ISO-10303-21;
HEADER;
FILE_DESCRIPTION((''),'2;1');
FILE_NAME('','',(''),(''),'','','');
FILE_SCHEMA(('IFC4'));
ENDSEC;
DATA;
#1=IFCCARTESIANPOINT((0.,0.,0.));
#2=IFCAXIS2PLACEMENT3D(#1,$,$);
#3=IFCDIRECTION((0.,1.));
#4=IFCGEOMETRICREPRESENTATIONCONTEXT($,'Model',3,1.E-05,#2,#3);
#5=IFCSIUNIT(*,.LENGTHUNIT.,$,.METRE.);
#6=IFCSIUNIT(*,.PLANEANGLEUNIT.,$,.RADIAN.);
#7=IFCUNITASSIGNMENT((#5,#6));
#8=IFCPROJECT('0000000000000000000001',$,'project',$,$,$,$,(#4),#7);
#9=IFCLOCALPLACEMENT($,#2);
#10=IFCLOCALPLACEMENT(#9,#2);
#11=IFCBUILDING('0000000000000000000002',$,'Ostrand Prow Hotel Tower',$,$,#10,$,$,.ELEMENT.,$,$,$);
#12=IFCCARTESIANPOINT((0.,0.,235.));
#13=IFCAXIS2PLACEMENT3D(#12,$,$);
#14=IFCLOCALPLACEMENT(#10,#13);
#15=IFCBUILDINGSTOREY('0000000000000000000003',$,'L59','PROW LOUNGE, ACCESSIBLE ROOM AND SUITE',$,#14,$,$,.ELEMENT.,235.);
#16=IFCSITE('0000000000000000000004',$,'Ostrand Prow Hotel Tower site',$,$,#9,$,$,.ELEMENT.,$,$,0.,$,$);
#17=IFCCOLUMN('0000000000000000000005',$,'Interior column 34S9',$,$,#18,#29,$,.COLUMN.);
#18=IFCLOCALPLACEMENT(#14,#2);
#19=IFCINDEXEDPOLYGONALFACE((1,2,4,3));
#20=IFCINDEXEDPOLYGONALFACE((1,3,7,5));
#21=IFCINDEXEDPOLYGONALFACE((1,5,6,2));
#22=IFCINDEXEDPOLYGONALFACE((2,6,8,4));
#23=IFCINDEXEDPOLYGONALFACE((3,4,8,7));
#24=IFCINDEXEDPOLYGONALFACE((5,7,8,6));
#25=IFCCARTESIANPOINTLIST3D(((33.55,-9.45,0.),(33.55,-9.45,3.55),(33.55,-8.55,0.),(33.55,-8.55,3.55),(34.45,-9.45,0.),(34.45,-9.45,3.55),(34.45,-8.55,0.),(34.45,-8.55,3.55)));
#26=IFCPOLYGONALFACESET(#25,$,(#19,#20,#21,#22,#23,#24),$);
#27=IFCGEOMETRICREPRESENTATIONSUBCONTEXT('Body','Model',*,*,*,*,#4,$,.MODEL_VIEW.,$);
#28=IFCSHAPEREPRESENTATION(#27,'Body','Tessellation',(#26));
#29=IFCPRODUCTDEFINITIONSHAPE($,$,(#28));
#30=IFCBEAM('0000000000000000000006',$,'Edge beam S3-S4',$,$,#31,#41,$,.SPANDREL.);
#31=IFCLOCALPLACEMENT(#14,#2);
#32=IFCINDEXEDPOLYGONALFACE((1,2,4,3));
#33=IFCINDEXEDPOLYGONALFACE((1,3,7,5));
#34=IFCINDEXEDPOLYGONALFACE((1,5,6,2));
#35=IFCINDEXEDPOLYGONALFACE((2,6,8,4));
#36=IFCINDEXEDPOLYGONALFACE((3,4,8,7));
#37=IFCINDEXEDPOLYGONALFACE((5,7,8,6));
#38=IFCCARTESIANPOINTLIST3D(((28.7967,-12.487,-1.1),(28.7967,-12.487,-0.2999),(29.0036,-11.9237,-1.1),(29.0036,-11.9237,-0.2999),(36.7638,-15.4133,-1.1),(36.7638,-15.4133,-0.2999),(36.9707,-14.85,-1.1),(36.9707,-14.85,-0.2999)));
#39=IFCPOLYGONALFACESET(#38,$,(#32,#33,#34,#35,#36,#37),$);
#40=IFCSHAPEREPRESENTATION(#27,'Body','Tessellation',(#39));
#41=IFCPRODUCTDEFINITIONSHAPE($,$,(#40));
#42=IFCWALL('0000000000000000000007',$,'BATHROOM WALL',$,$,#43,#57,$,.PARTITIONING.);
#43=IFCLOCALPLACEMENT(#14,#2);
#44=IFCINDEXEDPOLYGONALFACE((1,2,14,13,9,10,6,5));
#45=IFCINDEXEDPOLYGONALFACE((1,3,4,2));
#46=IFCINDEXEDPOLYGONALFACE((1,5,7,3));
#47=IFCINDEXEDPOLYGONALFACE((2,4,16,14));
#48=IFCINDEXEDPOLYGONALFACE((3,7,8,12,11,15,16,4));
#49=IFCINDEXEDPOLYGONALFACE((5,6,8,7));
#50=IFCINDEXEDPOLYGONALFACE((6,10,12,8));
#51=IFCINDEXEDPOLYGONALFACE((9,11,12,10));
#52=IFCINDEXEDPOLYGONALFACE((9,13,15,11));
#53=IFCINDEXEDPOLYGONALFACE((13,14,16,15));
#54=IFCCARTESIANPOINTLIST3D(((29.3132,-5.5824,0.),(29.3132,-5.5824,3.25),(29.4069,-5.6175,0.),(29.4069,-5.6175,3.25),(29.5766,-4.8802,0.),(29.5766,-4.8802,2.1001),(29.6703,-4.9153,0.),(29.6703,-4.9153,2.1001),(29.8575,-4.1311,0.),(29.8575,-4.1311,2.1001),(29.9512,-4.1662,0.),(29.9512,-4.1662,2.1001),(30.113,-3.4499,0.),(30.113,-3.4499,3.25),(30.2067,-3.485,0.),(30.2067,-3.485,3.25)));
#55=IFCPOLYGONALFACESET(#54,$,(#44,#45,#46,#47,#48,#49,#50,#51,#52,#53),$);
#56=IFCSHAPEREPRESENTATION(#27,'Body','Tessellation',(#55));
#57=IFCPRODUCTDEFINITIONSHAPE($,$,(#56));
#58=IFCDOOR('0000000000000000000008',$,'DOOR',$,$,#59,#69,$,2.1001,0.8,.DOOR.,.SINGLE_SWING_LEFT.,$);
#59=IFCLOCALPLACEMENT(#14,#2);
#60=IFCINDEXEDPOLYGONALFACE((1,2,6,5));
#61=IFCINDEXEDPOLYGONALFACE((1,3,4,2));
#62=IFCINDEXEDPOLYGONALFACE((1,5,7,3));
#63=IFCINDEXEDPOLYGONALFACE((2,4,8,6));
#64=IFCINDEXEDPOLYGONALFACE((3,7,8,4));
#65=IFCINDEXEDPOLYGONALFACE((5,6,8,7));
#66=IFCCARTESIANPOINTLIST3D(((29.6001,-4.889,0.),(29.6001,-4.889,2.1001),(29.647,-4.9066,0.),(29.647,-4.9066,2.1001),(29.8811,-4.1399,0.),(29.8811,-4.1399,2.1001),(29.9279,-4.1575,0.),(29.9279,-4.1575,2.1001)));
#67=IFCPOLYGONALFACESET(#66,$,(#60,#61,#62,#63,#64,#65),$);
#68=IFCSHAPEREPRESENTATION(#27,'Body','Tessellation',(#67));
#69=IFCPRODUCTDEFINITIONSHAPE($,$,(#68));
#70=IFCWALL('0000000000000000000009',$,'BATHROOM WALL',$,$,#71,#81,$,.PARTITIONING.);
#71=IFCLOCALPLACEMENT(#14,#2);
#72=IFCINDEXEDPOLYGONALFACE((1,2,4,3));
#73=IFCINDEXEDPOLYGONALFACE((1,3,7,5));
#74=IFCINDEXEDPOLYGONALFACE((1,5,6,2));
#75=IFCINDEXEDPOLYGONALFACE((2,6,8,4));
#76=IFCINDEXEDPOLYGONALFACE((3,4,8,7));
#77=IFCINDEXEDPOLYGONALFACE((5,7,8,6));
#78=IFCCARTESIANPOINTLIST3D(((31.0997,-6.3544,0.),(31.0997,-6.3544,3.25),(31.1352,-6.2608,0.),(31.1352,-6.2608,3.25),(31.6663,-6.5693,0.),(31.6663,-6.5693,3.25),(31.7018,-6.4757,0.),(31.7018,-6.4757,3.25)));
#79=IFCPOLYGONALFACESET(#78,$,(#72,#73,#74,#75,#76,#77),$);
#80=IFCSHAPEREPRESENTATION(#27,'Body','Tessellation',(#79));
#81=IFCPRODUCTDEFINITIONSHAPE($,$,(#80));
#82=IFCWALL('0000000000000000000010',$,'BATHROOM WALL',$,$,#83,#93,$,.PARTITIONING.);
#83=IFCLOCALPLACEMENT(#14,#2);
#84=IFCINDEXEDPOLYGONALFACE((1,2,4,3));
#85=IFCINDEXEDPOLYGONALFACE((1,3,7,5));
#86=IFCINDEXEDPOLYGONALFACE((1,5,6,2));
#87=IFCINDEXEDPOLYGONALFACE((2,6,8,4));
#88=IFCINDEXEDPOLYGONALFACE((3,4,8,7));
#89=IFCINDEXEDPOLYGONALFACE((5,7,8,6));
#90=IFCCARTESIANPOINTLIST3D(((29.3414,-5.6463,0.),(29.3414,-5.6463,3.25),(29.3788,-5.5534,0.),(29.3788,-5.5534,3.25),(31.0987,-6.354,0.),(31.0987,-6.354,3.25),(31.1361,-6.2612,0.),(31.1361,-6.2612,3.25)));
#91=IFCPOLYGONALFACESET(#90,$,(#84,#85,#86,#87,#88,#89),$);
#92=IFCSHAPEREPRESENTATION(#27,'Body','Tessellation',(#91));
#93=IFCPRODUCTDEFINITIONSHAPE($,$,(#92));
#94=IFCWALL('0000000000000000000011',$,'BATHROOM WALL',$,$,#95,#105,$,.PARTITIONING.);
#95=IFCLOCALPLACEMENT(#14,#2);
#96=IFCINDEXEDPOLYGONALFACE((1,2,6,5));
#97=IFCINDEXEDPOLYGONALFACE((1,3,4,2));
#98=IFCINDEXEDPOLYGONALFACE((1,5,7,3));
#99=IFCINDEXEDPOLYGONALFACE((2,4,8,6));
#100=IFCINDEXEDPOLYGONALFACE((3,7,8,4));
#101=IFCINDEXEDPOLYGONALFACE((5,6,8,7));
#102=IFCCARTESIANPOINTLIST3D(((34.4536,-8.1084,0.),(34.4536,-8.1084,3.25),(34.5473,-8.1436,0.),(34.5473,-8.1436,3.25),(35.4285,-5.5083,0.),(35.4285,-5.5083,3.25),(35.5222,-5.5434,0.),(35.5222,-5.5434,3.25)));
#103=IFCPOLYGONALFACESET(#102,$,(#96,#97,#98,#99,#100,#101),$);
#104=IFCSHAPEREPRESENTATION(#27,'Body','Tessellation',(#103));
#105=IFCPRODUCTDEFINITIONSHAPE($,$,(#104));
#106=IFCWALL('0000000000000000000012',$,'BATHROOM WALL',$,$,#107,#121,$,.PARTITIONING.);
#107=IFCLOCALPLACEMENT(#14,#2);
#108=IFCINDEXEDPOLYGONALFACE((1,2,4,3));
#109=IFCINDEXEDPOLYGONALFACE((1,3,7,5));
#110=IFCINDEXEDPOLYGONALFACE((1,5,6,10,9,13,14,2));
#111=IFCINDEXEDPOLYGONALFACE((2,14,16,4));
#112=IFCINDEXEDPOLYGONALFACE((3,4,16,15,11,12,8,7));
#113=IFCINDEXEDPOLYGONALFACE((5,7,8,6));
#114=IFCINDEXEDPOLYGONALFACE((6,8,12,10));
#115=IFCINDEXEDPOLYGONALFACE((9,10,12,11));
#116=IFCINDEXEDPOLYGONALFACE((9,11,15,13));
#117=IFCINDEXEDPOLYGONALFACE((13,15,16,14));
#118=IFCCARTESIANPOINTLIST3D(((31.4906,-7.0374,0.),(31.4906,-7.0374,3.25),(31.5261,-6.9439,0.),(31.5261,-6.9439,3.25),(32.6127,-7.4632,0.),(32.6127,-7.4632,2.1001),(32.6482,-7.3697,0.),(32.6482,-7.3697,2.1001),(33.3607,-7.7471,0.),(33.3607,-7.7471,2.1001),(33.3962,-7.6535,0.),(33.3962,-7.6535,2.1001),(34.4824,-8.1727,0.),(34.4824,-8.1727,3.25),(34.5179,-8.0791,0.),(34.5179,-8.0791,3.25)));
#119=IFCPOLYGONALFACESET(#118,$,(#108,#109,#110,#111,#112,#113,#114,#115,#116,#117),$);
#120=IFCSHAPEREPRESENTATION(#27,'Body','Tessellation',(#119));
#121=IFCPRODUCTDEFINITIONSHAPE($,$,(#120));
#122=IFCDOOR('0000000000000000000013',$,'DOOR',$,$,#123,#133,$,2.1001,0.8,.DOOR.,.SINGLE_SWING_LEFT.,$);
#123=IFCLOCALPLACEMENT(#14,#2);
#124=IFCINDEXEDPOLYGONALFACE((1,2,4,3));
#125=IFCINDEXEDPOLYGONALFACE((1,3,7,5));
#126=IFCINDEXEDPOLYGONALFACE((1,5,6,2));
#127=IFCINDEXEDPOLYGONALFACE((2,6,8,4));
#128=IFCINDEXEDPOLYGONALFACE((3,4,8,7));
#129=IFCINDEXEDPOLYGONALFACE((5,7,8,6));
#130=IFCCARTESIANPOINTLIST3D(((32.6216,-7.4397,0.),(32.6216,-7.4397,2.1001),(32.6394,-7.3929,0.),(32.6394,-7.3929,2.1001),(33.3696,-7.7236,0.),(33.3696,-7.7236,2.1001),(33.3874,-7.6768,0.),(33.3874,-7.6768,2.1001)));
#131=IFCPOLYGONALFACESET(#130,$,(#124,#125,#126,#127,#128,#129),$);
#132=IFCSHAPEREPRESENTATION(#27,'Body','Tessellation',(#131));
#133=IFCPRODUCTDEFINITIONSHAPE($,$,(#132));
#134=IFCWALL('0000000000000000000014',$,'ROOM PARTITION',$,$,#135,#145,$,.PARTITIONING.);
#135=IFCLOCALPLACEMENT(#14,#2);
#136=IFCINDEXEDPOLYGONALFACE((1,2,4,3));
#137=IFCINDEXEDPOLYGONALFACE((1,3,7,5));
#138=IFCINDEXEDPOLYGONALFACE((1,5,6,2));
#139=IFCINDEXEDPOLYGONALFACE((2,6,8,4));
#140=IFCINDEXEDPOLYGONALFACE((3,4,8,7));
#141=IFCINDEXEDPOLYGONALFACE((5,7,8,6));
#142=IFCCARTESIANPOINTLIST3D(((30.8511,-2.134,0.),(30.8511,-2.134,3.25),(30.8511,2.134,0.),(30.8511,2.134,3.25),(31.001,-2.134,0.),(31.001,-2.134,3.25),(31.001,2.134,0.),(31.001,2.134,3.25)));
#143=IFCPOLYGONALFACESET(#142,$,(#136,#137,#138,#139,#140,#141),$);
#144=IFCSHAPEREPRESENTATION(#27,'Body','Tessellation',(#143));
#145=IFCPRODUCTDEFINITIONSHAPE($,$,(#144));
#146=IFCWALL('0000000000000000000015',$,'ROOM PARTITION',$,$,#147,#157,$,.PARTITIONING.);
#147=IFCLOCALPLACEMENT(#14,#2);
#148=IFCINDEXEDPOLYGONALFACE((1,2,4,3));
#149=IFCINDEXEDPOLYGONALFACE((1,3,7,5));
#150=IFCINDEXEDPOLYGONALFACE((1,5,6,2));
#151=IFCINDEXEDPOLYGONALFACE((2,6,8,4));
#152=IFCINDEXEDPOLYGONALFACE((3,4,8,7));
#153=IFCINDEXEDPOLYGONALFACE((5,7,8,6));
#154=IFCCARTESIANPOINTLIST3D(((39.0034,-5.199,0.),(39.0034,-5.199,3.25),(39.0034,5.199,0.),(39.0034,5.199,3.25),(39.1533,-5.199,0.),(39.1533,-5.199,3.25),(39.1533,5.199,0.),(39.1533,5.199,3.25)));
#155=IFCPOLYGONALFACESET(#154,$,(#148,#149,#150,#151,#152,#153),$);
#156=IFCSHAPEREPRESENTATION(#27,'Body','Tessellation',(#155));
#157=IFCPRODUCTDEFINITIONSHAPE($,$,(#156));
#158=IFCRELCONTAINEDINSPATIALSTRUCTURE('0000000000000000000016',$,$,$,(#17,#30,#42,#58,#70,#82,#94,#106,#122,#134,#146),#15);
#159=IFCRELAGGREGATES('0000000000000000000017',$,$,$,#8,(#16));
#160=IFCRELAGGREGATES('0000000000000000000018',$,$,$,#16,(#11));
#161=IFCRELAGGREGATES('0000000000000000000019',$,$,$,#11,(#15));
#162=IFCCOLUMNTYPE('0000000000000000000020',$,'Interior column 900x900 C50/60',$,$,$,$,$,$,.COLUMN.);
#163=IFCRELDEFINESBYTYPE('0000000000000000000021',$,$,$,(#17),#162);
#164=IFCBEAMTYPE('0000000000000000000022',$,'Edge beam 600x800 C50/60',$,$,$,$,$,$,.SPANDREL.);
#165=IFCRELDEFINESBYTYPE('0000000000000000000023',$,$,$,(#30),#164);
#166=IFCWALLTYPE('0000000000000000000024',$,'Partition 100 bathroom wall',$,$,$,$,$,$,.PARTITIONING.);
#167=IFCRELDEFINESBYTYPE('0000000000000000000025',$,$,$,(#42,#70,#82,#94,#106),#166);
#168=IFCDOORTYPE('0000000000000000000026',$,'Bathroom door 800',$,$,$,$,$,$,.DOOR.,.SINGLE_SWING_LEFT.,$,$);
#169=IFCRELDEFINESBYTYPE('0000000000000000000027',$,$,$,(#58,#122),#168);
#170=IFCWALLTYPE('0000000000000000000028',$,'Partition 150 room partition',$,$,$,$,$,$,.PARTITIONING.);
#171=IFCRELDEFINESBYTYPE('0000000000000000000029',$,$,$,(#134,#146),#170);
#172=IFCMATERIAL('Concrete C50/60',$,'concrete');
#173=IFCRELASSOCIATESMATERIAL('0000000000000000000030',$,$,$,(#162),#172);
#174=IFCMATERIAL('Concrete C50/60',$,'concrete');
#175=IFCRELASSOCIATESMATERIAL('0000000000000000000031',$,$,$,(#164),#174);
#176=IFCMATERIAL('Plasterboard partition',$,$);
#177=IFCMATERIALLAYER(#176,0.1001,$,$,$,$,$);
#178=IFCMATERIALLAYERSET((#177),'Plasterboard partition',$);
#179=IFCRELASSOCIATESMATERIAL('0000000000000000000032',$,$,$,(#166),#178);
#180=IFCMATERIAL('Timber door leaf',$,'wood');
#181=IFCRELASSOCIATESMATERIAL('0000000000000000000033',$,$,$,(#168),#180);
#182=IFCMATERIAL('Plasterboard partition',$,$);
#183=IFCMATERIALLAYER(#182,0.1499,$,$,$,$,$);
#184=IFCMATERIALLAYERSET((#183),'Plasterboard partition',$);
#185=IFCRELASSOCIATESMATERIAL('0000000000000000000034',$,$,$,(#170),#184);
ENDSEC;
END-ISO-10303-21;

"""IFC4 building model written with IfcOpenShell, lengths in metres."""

from ifc_helpers import new_model, si_unit, direction, frame, frame_2d, origin, origin_2d, place, context, subcontext, project, spatial, rectangle, extrude, material, layer, layer_set, material_profile, profile_set, type_object, element, fill, save


model = new_model("IFC4")

# Units and contexts
model_context = context("Model", 3, precision=1e-05, world=origin(), true_north=direction((0.0, 1.0)))
body_context = subcontext(model_context, "Body", "Model", "MODEL_VIEW")
ifc_project = project(units=[si_unit("LENGTHUNIT", "METRE"), si_unit("PLANEANGLEUNIT", "RADIAN")], contexts=[model_context])

# Site, building, storey
site_placement = place(None, origin())
site = spatial("IfcSite", under=ifc_project, at=site_placement, Name="Ostrand Prow Hotel Tower site", CompositionType="ELEMENT", RefElevation=0.0)
building_placement = place(site_placement, origin())
building = spatial("IfcBuilding", under=site, at=building_placement, Name="Ostrand Prow Hotel Tower", CompositionType="ELEMENT")
storey_placement = place(building_placement, frame((0.0, 0.0, 235.0)))
storey = spatial("IfcBuildingStorey", under=building, at=storey_placement, Name="L59", Description="PROW LOUNGE, ACCESSIBLE ROOM AND SUITE", CompositionType="ELEMENT", Elevation=235.0)

# Column
ifc_material_1 = material(Name="Concrete C50/60", Category="concrete")
ifc_material_profile_1 = material_profile(ifc_material_1, rectangle(XDim=0.8999, YDim=0.8999, at=origin_2d()), Name="RC 900x900")
ifc_profile_set_1 = profile_set([ifc_material_profile_1], Name="Concrete C50/60")
column_type = type_object("IfcColumnType", Name="Interior column 900x900 C50/60", PredefinedType="COLUMN", material=ifc_profile_set_1)
column_placement = place(storey_placement, frame((34.0, -9.0, 0.0), z_axis=(0.0, 0.0, 1.0), x_axis=(1.0, 0.0, 0.0)))
element("IfcColumn", 1, at=column_placement, inside=storey, type_object=column_type, Name="Interior column 34S9", PredefinedType="COLUMN", context=body_context, shape_type="SweptSolid", body=[
    extrude(rectangle(XDim=0.8999, YDim=0.8999, at=origin_2d()), origin(), (0.0, 0.0, 1.0), 3.55),
])

# Beam
ifc_material_2 = material(Name="Concrete C50/60", Category="concrete")
ifc_material_profile_2 = material_profile(ifc_material_2, rectangle(XDim=0.6001, YDim=0.8, at=origin_2d()), Name="RC 600x800")
ifc_profile_set_2 = profile_set([ifc_material_profile_2], Name="Concrete C50/60")
beam_type = type_object("IfcBeamType", Name="Edge beam 600x800 C50/60", PredefinedType="SPANDREL", material=ifc_profile_set_2)
beam_placement = place(storey_placement, frame((28.9001, -12.2053, -0.7), z_axis=(0.938685, -0.344776, 0.0), x_axis=(0.344776, 0.938685, 0.0)))
element("IfcBeam", 2, at=beam_placement, inside=storey, type_object=beam_type, Name="Edge beam S3-S4", PredefinedType="SPANDREL", context=body_context, shape_type="SweptSolid", body=[
    extrude(rectangle(XDim=0.6001, YDim=0.8, at=origin_2d()), origin(), (0.0, 0.0, 1.0), 8.4875),
])

# Wall, opening, door
ifc_material_3 = material(Name="Plasterboard partition")
ifc_layer_1 = layer(ifc_material_3, 0.1001)
ifc_layer_set_1 = layer_set([ifc_layer_1], Name="Plasterboard partition")
wall_type_1 = type_object("IfcWallType", Name="Partition 100 bathroom wall", PredefinedType="PARTITIONING", material=ifc_layer_set_1)
wall_1_placement = place(storey_placement, frame((29.3601, -5.5999, 0.0), z_axis=(0.0, 0.0, 1.0), x_axis=(0.351159, 0.936316, 0.0)))
wall_1 = element("IfcWall", 3, at=wall_1_placement, inside=storey, type_object=wall_type_1, Name="BATHROOM WALL", PredefinedType="PARTITIONING", context=body_context, shape_type="SweptSolid", body=[
    extrude(rectangle(XDim=2.2776, YDim=0.1001, at=frame_2d((1.1387, 0.0))), origin(), (0.0, 0.0, 1.0), 3.25),
])
opening_1_placement = place(wall_1_placement, frame((0.75, 0.0, 0.0)))
opening_1 = element("IfcOpeningElement", 4, at=opening_1_placement, cuts=wall_1, PredefinedType="OPENING", context=body_context, shape_type="SweptSolid", body=[
    extrude(rectangle(XDim=0.8, YDim=2.1001, at=frame_2d((0.3999, 1.05))), frame((0.0, 0.0601, 0.0), z_axis=(0.0, -1.0, 0.0), x_axis=(1.0, 0.0, 0.0)), (0.0, 0.0, 1.0), 0.1201),
])
ifc_material_4 = material(Name="Timber door leaf", Category="wood")
door_type_1 = type_object("IfcDoorType", Name="Bathroom door 800", OperationType="SINGLE_SWING_LEFT", PredefinedType="DOOR", material=ifc_material_4)
door_1_placement = place(opening_1_placement, origin())
door_1 = element("IfcDoor", 5, at=door_1_placement, inside=storey, type_object=door_type_1, Name="DOOR", OperationType="SINGLE_SWING_LEFT", OverallHeight=2.1001, OverallWidth=0.8, PredefinedType="DOOR", context=body_context, shape_type="SweptSolid", body=[
    extrude(rectangle(XDim=0.8, YDim=2.1001, at=frame_2d((0.3999, 1.05))), frame((0.0, 0.0249, 0.0), z_axis=(0.0, -1.0, 0.0), x_axis=(1.0, 0.0, 0.0)), (0.0, 0.0, 1.0), 0.05),
])
fill(opening_1, door_1)

# Walls
wall_2_placement = place(storey_placement, frame((31.6841, -6.5225, 0.0), z_axis=(0.0, 0.0, 1.0), x_axis=(-0.935048, 0.354521, 0.0)))
element("IfcWall", 6, at=wall_2_placement, inside=storey, type_object=wall_type_1, Name="BATHROOM WALL", PredefinedType="PARTITIONING", context=body_context, shape_type="SweptSolid", body=[
    extrude(rectangle(XDim=0.606, YDim=0.1001, at=frame_2d((0.303, 0.0))), origin(), (0.0, 0.0, 1.0), 3.25),
])
wall_3_placement = place(storey_placement, frame((31.1174, -6.3076, 0.0), z_axis=(0.0, 0.0, 1.0), x_axis=(-0.927594, 0.373589, 0.0)))
element("IfcWall", 7, at=wall_3_placement, inside=storey, type_object=wall_type_1, Name="BATHROOM WALL", PredefinedType="PARTITIONING", context=body_context, shape_type="SweptSolid", body=[
    extrude(rectangle(XDim=1.8945, YDim=0.1001, at=frame_2d((0.9473, 0.0))), origin(), (0.0, 0.0, 1.0), 3.25),
])
wall_4_placement = place(storey_placement, frame((35.4753, -5.5259, 0.0), z_axis=(0.0, 0.0, 1.0), x_axis=(-0.351066, -0.936351, 0.0)))
element("IfcWall", 8, at=wall_4_placement, inside=storey, type_object=wall_type_1, Name="BATHROOM WALL", PredefinedType="PARTITIONING", context=body_context, shape_type="SweptSolid", body=[
    extrude(rectangle(XDim=2.7769, YDim=0.1001, at=frame_2d((1.3884, 0.0))), origin(), (0.0, 0.0, 1.0), 3.25),
])

# Wall, opening, door
wall_5_placement = place(storey_placement, frame((34.5002, -8.126, 0.0), z_axis=(0.0, 0.0, 1.0), x_axis=(-0.934949, 0.354783, 0.0)))
wall_5 = element("IfcWall", 9, at=wall_5_placement, inside=storey, type_object=wall_type_1, Name="BATHROOM WALL", PredefinedType="PARTITIONING", context=body_context, shape_type="SweptSolid", body=[
    extrude(rectangle(XDim=3.2, YDim=0.1001, at=frame_2d((1.6001, 0.0))), origin(), (0.0, 0.0, 1.0), 3.25),
])
opening_2_placement = place(wall_5_placement, frame((1.2, 0.0, 0.0)))
opening_2 = element("IfcOpeningElement", 10, at=opening_2_placement, cuts=wall_5, PredefinedType="OPENING", context=body_context, shape_type="SweptSolid", body=[
    extrude(rectangle(XDim=0.8, YDim=2.1001, at=frame_2d((0.3999, 1.05))), frame((0.0, 0.0601, 0.0), z_axis=(0.0, -1.0, 0.0), x_axis=(1.0, 0.0, 0.0)), (0.0, 0.0, 1.0), 0.1201),
])
door_2_placement = place(opening_2_placement, origin())
door_2 = element("IfcDoor", 11, at=door_2_placement, inside=storey, type_object=door_type_1, Name="DOOR", OperationType="SINGLE_SWING_LEFT", OverallHeight=2.1001, OverallWidth=0.8, PredefinedType="DOOR", context=body_context, shape_type="SweptSolid", body=[
    extrude(rectangle(XDim=0.8, YDim=2.1001, at=frame_2d((0.3999, 1.05))), frame((0.0, 0.0249, 0.0), z_axis=(0.0, -1.0, 0.0), x_axis=(1.0, 0.0, 0.0)), (0.0, 0.0, 1.0), 0.05),
])
fill(opening_2, door_2)

# Walls
ifc_material_5 = material(Name="Plasterboard partition")
ifc_layer_2 = layer(ifc_material_5, 0.1499)
ifc_layer_set_2 = layer_set([ifc_layer_2], Name="Plasterboard partition")
wall_type_2 = type_object("IfcWallType", Name="Partition 150 room partition", PredefinedType="PARTITIONING", material=ifc_layer_set_2)
wall_6_placement = place(storey_placement, frame((30.926, -2.134, 0.0), z_axis=(0.0, 0.0, 1.0), x_axis=(0.0, 1.0, 0.0)))
element("IfcWall", 12, at=wall_6_placement, inside=storey, type_object=wall_type_2, Name="ROOM PARTITION", PredefinedType="PARTITIONING", context=body_context, shape_type="SweptSolid", body=[
    extrude(rectangle(XDim=4.2681, YDim=0.1499, at=frame_2d((2.134, 0.0))), origin(), (0.0, 0.0, 1.0), 3.25),
])
wall_7_placement = place(storey_placement, frame((39.0784, -5.199, 0.0), z_axis=(0.0, 0.0, 1.0), x_axis=(0.0, 1.0, 0.0)))
element("IfcWall", 13, at=wall_7_placement, inside=storey, type_object=wall_type_2, Name="ROOM PARTITION", PredefinedType="PARTITIONING", context=body_context, shape_type="SweptSolid", body=[
    extrude(rectangle(XDim=10.3979, YDim=0.1499, at=frame_2d((5.199, 0.0))), origin(), (0.0, 0.0, 1.0), 3.25),
])

save(model, "model.ifc")
